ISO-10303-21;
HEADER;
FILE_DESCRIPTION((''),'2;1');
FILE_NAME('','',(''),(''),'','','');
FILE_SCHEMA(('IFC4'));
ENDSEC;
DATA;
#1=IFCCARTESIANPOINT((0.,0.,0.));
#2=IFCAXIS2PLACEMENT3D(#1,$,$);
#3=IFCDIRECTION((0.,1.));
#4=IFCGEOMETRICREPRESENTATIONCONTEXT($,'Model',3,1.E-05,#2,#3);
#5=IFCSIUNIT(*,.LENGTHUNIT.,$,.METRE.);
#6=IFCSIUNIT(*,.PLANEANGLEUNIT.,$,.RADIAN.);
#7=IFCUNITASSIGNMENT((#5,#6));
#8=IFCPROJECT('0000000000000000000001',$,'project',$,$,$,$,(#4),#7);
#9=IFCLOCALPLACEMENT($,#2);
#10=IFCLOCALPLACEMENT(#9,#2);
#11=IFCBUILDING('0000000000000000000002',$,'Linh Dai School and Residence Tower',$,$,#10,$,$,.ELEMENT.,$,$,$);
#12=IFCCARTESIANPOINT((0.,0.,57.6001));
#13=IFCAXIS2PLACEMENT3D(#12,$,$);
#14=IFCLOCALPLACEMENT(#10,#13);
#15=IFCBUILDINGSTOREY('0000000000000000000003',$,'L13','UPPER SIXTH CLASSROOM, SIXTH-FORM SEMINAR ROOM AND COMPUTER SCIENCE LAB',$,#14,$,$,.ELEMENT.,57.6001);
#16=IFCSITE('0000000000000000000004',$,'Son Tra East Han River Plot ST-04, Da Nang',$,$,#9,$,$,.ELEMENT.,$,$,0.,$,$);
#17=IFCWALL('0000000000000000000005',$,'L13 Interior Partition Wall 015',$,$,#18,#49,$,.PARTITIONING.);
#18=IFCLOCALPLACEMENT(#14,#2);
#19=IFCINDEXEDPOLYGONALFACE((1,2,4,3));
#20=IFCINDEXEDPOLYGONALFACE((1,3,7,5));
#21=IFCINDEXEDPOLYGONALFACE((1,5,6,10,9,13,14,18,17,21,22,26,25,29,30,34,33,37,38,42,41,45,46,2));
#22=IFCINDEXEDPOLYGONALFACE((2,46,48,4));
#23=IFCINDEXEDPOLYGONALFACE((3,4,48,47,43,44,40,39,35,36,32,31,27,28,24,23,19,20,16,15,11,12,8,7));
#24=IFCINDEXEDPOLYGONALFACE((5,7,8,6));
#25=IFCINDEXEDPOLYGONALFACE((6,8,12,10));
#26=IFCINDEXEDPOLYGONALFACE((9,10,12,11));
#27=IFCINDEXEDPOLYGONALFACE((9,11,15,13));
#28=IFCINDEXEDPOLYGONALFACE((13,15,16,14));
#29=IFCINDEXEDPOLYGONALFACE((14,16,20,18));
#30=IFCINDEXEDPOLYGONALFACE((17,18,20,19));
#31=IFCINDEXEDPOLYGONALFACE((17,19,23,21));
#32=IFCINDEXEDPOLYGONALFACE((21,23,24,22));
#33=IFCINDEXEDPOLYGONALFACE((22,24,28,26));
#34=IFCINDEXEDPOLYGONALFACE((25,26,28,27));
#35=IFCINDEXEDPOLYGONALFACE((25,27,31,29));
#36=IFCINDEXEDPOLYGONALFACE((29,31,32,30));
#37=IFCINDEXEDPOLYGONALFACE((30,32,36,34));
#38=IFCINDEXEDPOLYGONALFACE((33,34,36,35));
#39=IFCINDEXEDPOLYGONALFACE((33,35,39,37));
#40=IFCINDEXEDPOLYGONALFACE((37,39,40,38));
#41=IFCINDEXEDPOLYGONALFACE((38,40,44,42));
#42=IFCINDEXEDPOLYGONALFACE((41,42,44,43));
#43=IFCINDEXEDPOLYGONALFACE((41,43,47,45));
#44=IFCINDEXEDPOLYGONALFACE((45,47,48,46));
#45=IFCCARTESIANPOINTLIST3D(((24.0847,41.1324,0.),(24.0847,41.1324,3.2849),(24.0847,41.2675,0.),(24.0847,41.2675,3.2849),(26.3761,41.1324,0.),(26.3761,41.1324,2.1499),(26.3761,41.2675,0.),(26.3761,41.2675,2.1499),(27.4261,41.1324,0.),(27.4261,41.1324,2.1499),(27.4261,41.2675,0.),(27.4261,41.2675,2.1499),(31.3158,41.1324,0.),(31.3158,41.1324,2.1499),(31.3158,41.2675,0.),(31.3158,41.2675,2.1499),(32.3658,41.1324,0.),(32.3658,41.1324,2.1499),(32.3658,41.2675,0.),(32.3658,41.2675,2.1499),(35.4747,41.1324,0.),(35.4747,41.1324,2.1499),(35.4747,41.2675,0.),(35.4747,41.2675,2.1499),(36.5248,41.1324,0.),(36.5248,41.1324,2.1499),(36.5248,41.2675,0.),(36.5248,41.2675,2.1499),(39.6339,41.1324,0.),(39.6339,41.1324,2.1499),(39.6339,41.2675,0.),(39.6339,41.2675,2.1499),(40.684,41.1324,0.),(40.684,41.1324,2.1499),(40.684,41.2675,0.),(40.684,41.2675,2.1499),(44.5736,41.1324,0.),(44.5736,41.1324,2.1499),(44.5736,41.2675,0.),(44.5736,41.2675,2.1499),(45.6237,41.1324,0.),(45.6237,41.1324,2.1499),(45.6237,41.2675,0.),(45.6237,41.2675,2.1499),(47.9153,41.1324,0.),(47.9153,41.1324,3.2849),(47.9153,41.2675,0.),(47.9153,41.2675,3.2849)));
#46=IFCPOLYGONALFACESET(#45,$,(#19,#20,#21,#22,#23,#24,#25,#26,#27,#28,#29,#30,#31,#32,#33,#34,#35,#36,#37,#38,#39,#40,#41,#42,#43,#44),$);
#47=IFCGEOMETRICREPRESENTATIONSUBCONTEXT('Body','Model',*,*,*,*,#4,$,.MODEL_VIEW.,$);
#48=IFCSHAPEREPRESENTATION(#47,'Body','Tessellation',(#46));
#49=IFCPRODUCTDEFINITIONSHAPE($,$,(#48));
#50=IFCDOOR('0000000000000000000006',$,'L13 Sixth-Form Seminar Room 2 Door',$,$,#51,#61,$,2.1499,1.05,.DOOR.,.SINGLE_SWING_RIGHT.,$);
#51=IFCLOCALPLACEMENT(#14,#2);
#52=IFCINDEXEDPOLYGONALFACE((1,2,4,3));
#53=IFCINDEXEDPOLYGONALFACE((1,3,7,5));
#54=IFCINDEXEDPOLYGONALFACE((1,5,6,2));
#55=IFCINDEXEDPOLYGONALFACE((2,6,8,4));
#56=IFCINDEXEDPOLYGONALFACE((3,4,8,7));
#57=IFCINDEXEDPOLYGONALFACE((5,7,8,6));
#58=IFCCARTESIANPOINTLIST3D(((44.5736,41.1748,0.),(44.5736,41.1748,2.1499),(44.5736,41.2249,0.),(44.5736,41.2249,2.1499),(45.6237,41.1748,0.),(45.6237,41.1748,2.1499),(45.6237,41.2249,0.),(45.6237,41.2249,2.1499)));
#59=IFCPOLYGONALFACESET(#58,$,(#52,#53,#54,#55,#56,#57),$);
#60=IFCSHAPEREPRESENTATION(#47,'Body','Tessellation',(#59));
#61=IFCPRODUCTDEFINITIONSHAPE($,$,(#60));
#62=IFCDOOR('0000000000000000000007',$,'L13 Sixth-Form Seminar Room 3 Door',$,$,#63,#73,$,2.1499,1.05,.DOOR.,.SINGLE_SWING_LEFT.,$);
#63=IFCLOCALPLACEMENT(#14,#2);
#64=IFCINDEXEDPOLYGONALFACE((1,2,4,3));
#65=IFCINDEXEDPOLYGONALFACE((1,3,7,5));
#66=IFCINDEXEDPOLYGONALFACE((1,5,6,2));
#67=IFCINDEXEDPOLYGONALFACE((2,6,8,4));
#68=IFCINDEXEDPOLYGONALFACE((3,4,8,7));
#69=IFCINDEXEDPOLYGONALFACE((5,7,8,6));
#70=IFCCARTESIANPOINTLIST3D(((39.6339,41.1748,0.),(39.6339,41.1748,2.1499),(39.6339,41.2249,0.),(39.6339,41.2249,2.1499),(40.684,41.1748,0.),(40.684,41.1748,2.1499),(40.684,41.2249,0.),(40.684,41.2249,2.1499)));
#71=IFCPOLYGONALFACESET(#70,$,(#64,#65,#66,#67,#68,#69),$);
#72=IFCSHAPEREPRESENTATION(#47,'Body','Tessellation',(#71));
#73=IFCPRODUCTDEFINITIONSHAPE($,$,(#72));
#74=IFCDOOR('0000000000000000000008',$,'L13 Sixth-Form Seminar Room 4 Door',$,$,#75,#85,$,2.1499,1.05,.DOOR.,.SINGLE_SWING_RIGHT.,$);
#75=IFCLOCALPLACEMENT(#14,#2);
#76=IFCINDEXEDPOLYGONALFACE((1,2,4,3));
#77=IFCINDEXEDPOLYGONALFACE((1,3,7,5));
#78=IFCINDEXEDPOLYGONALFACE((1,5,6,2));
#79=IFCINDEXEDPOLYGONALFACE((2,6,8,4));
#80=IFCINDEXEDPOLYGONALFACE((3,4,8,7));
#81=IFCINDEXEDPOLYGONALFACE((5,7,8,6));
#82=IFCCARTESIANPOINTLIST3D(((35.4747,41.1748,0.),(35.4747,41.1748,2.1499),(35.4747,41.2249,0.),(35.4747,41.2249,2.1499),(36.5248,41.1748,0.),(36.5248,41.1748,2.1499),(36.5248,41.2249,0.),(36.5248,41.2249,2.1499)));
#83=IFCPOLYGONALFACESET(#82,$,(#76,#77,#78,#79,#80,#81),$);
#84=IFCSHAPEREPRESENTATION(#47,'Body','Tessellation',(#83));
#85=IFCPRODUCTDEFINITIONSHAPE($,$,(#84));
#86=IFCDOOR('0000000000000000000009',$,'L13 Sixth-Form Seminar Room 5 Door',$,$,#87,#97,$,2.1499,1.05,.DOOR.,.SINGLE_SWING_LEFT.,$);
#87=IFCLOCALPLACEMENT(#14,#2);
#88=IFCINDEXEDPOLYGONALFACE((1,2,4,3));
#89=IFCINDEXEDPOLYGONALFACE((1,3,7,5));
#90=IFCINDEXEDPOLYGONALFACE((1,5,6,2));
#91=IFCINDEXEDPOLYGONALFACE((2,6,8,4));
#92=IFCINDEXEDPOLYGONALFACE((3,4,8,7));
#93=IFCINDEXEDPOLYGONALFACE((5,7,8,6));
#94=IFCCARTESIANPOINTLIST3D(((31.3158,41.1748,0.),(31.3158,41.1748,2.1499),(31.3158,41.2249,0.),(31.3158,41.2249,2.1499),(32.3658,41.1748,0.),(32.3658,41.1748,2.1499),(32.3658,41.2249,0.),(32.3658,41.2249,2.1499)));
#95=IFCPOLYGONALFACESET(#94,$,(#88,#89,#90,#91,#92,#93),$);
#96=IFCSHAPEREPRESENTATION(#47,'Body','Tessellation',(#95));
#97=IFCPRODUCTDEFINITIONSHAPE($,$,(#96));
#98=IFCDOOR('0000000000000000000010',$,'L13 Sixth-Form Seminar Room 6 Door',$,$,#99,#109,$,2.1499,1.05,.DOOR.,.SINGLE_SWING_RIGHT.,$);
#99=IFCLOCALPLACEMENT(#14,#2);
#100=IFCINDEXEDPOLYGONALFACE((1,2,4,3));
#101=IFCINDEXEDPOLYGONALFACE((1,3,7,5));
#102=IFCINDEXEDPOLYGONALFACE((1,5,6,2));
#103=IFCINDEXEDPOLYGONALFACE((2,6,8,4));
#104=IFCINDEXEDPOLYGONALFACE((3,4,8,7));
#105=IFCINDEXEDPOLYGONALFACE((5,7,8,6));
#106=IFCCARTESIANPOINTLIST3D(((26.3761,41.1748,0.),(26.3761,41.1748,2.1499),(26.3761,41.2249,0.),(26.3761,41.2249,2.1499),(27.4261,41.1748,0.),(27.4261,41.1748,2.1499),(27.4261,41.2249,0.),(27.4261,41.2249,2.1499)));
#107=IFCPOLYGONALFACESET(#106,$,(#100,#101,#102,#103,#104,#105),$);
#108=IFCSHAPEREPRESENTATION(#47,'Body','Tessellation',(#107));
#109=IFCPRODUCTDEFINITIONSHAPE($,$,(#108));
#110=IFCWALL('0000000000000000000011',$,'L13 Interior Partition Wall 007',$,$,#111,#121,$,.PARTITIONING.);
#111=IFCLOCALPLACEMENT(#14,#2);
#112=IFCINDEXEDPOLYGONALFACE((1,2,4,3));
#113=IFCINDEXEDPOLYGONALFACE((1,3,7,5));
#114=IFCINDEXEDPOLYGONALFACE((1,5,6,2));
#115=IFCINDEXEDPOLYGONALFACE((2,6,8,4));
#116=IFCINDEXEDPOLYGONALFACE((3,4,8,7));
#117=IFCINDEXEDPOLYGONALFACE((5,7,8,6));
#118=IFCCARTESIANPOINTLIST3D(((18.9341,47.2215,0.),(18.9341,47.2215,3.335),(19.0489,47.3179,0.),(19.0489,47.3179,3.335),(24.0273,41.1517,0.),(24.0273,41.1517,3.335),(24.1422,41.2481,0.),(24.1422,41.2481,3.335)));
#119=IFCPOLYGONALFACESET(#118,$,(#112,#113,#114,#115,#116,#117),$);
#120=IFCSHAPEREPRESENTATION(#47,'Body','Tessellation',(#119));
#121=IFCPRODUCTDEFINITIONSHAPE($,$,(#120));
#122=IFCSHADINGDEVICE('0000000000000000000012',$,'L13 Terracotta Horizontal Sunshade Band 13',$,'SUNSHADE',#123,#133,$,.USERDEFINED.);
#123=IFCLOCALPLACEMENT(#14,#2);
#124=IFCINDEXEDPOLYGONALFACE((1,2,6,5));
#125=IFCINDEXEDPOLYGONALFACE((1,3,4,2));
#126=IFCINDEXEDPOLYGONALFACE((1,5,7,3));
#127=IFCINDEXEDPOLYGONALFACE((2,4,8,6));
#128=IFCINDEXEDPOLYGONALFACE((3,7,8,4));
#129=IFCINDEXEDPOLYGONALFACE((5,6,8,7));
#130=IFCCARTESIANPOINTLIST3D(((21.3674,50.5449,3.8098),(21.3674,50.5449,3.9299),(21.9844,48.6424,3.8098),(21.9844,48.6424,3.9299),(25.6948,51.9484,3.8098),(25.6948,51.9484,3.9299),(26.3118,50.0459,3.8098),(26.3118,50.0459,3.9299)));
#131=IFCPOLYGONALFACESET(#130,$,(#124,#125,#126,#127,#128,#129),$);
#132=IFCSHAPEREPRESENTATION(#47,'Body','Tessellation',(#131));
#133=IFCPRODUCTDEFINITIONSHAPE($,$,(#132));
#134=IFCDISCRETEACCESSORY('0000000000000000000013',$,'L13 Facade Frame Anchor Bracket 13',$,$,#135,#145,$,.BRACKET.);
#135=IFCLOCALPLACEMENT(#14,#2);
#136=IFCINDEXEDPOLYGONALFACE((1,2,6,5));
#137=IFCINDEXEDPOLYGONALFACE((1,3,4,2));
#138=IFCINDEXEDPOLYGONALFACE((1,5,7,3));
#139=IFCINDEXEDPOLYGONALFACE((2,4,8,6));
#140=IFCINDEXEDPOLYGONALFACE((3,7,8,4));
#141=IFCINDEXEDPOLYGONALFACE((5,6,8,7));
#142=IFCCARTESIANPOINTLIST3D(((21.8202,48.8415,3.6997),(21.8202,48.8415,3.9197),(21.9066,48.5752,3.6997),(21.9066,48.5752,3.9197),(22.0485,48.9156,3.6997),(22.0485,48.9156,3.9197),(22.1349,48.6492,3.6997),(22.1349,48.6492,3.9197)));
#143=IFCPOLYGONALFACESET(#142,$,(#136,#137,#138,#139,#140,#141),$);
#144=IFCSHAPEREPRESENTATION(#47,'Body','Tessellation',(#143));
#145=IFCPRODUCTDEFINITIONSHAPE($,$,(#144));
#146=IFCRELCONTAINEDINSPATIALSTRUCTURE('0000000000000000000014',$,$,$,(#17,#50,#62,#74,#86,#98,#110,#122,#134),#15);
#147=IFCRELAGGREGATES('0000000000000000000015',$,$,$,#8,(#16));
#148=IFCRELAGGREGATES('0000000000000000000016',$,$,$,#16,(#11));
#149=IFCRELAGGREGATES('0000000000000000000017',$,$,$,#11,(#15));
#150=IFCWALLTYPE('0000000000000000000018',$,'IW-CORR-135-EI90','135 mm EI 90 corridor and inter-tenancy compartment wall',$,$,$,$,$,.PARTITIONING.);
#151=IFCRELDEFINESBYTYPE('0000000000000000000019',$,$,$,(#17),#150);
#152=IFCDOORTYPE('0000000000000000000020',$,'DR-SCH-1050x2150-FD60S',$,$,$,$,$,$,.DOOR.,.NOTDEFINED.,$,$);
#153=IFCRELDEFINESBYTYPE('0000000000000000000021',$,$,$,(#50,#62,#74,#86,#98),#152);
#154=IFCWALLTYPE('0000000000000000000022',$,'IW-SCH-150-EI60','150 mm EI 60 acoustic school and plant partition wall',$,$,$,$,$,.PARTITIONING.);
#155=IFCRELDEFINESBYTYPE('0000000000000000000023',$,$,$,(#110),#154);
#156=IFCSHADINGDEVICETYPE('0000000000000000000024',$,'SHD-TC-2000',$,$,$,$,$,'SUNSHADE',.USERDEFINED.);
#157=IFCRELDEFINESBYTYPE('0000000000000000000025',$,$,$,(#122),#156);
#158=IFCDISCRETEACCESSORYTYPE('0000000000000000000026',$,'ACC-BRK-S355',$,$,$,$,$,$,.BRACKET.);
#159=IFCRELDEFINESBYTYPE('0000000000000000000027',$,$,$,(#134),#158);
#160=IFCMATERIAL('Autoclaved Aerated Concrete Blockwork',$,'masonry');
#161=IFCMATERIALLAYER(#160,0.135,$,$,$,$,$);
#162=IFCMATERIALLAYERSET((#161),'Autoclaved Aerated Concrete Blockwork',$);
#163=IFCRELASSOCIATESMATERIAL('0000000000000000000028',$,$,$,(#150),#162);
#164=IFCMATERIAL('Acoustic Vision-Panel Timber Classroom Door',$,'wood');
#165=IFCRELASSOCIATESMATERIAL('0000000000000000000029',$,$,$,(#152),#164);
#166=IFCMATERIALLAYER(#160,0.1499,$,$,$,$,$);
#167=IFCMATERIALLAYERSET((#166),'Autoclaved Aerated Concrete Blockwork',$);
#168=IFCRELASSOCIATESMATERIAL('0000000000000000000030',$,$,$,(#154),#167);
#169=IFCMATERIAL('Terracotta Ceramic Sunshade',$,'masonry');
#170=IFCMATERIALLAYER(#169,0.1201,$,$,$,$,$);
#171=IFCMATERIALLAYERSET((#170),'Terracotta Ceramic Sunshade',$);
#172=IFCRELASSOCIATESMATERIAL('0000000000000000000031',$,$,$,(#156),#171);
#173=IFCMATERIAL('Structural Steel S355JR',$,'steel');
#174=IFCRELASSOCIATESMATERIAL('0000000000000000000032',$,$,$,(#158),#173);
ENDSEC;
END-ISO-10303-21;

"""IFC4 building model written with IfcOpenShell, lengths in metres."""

from ifc_helpers import new_model, si_unit, direction, frame, frame_2d, origin, origin_2d, place, context, subcontext, project, spatial, rectangle, extrude, source, transform, mapped, material, layer, layer_set, type_object, element, fill, save


model = new_model("IFC4")

# Units and contexts
model_context = context("Model", 3, precision=1e-05, world=origin(), true_north=direction((0.0, 1.0)))
body_context = subcontext(model_context, "Body", "Model", "MODEL_VIEW")
ifc_project = project(units=[si_unit("LENGTHUNIT", "METRE"), si_unit("PLANEANGLEUNIT", "RADIAN")], contexts=[model_context])

# Site, building, storey
site_placement = place(None, origin())
site = spatial("IfcSite", under=ifc_project, at=site_placement, Name="Son Tra East Han River Plot ST-04, Da Nang", CompositionType="ELEMENT", RefElevation=0.0)
building_placement = place(site_placement, origin())
building = spatial("IfcBuilding", under=site, at=building_placement, Name="Linh Dai School and Residence Tower", CompositionType="ELEMENT")
storey_placement = place(building_placement, frame((0.0, 0.0, 57.6001)))
storey = spatial("IfcBuildingStorey", under=building, at=storey_placement, Name="L13", Description="UPPER SIXTH CLASSROOM, SIXTH-FORM SEMINAR ROOM AND COMPUTER SCIENCE LAB", CompositionType="ELEMENT", Elevation=57.6001)

# Shared definitions
ifc_material_1 = material(Name="Structural Steel S355JR", Category="steel")

# Wall, openings, doors
ifc_material_2 = material(Name="Autoclaved Aerated Concrete Blockwork", Category="masonry")
ifc_layer_1 = layer(ifc_material_2, 0.135)
ifc_layer_set_1 = layer_set([ifc_layer_1], Name="Autoclaved Aerated Concrete Blockwork")
wall_type_1 = type_object("IfcWallType", Name="IW-CORR-135-EI90", Description="135 mm EI 90 corridor and inter-tenancy compartment wall", PredefinedType="PARTITIONING", material=ifc_layer_set_1)
wall_1_placement = place(storey_placement, frame((24.0847, 41.2, 0.0), z_axis=(0.0, 0.0, 1.0), x_axis=(1.0, 0.0, 0.0)))
wall_1 = element("IfcWall", 1, at=wall_1_placement, inside=storey, type_object=wall_type_1, Name="L13 Interior Partition Wall 015", PredefinedType="PARTITIONING", context=body_context, shape_type="SweptSolid", body=[
    extrude(rectangle(XDim=23.8306, YDim=0.135, at=frame_2d((11.9153, 0.0))), origin(), (0.0, 0.0, 1.0), 3.2849),
])
opening_1_placement = place(wall_1_placement, frame((20.489, 0.0, 0.0)))
opening_1 = element("IfcOpeningElement", 2, at=opening_1_placement, cuts=wall_1, PredefinedType="OPENING", context=body_context, shape_type="SweptSolid", body=[
    extrude(rectangle(XDim=1.05, YDim=2.1499, at=origin_2d()), frame((0.5249, 0.0776, 1.075), z_axis=(0.0, -1.0, 0.0), x_axis=(1.0, 0.0, 0.0)), (0.0, 0.0, 1.0), 0.155),
])
opening_2_placement = place(wall_1_placement, frame((15.5493, 0.0, 0.0)))
opening_2 = element("IfcOpeningElement", 3, at=opening_2_placement, cuts=wall_1, PredefinedType="OPENING", context=body_context, shape_type="SweptSolid", body=[
    extrude(rectangle(XDim=1.05, YDim=2.1499, at=origin_2d()), frame((0.5249, 0.0776, 1.075), z_axis=(0.0, -1.0, 0.0), x_axis=(1.0, 0.0, 0.0)), (0.0, 0.0, 1.0), 0.155),
])
opening_3_placement = place(wall_1_placement, frame((11.3901, 0.0, 0.0)))
opening_3 = element("IfcOpeningElement", 4, at=opening_3_placement, cuts=wall_1, PredefinedType="OPENING", context=body_context, shape_type="SweptSolid", body=[
    extrude(rectangle(XDim=1.05, YDim=2.1499, at=origin_2d()), frame((0.5249, 0.0776, 1.075), z_axis=(0.0, -1.0, 0.0), x_axis=(1.0, 0.0, 0.0)), (0.0, 0.0, 1.0), 0.155),
])
opening_4_placement = place(wall_1_placement, frame((7.2312, 0.0, 0.0)))
opening_4 = element("IfcOpeningElement", 5, at=opening_4_placement, cuts=wall_1, PredefinedType="OPENING", context=body_context, shape_type="SweptSolid", body=[
    extrude(rectangle(XDim=1.05, YDim=2.1499, at=origin_2d()), frame((0.5249, 0.0776, 1.075), z_axis=(0.0, -1.0, 0.0), x_axis=(1.0, 0.0, 0.0)), (0.0, 0.0, 1.0), 0.155),
])
opening_5_placement = place(wall_1_placement, frame((2.2915, 0.0, 0.0)))
opening_5 = element("IfcOpeningElement", 6, at=opening_5_placement, cuts=wall_1, PredefinedType="OPENING", context=body_context, shape_type="SweptSolid", body=[
    extrude(rectangle(XDim=1.05, YDim=2.1499, at=origin_2d()), frame((0.5249, 0.0776, 1.075), z_axis=(0.0, -1.0, 0.0), x_axis=(1.0, 0.0, 0.0)), (0.0, 0.0, 1.0), 0.155),
])
ifc_material_3 = material(Name="Acoustic Vision-Panel Timber Classroom Door", Category="wood")
door_type = type_object("IfcDoorType", Name="DR-SCH-1050x2150-FD60S", OperationType="NOTDEFINED", PredefinedType="DOOR", material=ifc_material_3)
shared_shape_1 = source(origin(), body_context, "Body", "SweptSolid", [
    extrude(rectangle(XDim=1.05, YDim=2.1499, at=origin_2d()), frame((0.5249, 0.0249, 1.075), z_axis=(0.0, -1.0, 0.0), x_axis=(1.0, 0.0, 0.0)), (0.0, 0.0, 1.0), 0.05),
])
door_1_placement = place(opening_1_placement, origin())
door_1 = element("IfcDoor", 7, at=door_1_placement, inside=storey, type_object=door_type, Name="L13 Sixth-Form Seminar Room 2 Door", OperationType="SINGLE_SWING_RIGHT", OverallHeight=2.1499, OverallWidth=1.05, PredefinedType="DOOR", context=body_context, shape_type="MappedRepresentation", body=[
    mapped(shared_shape_1, transform((0.0, 0.0, 0.0), x_axis=(1.0, 0.0, 0.0), y_axis=(0.0, 1.0, 0.0), z_axis=(0.0, 0.0, 1.0), scale=1.0)),
])
fill(opening_1, door_1)
door_2_placement = place(opening_2_placement, origin())
door_2 = element("IfcDoor", 8, at=door_2_placement, inside=storey, type_object=door_type, Name="L13 Sixth-Form Seminar Room 3 Door", OperationType="SINGLE_SWING_LEFT", OverallHeight=2.1499, OverallWidth=1.05, PredefinedType="DOOR", context=body_context, shape_type="MappedRepresentation", body=[
    mapped(shared_shape_1, transform((0.0, 0.0, 0.0), x_axis=(1.0, 0.0, 0.0), y_axis=(0.0, 1.0, 0.0), z_axis=(0.0, 0.0, 1.0), scale=1.0)),
])
fill(opening_2, door_2)
door_3_placement = place(opening_3_placement, origin())
door_3 = element("IfcDoor", 9, at=door_3_placement, inside=storey, type_object=door_type, Name="L13 Sixth-Form Seminar Room 4 Door", OperationType="SINGLE_SWING_RIGHT", OverallHeight=2.1499, OverallWidth=1.05, PredefinedType="DOOR", context=body_context, shape_type="MappedRepresentation", body=[
    mapped(shared_shape_1, transform((0.0, 0.0, 0.0), x_axis=(1.0, 0.0, 0.0), y_axis=(0.0, 1.0, 0.0), z_axis=(0.0, 0.0, 1.0), scale=1.0)),
])
fill(opening_3, door_3)
door_4_placement = place(opening_4_placement, origin())
door_4 = element("IfcDoor", 10, at=door_4_placement, inside=storey, type_object=door_type, Name="L13 Sixth-Form Seminar Room 5 Door", OperationType="SINGLE_SWING_LEFT", OverallHeight=2.1499, OverallWidth=1.05, PredefinedType="DOOR", context=body_context, shape_type="MappedRepresentation", body=[
    mapped(shared_shape_1, transform((0.0, 0.0, 0.0), x_axis=(1.0, 0.0, 0.0), y_axis=(0.0, 1.0, 0.0), z_axis=(0.0, 0.0, 1.0), scale=1.0)),
])
fill(opening_4, door_4)
door_5_placement = place(opening_5_placement, origin())
door_5 = element("IfcDoor", 11, at=door_5_placement, inside=storey, type_object=door_type, Name="L13 Sixth-Form Seminar Room 6 Door", OperationType="SINGLE_SWING_RIGHT", OverallHeight=2.1499, OverallWidth=1.05, PredefinedType="DOOR", context=body_context, shape_type="MappedRepresentation", body=[
    mapped(shared_shape_1, transform((0.0, 0.0, 0.0), x_axis=(1.0, 0.0, 0.0), y_axis=(0.0, 1.0, 0.0), z_axis=(0.0, 0.0, 1.0), scale=1.0)),
])
fill(opening_5, door_5)

# Wall
ifc_layer_2 = layer(ifc_material_2, 0.1499)
ifc_layer_set_2 = layer_set([ifc_layer_2], Name="Autoclaved Aerated Concrete Blockwork")
wall_type_2 = type_object("IfcWallType", Name="IW-SCH-150-EI60", Description="150 mm EI 60 acoustic school and plant partition wall", PredefinedType="PARTITIONING", material=ifc_layer_set_2)
wall_2_placement = place(storey_placement, frame((18.9915, 47.2698, 0.0), z_axis=(0.0, 0.0, 1.0), x_axis=(0.642793, -0.76604, 0.0)))
element("IfcWall", 12, at=wall_2_placement, inside=storey, type_object=wall_type_2, Name="L13 Interior Partition Wall 007", PredefinedType="PARTITIONING", context=body_context, shape_type="SweptSolid", body=[
    extrude(rectangle(XDim=7.9236, YDim=0.1499, at=frame_2d((3.9619, 0.0))), origin(), (0.0, 0.0, 1.0), 3.335),
])

# Shading device
ifc_material_4 = material(Name="Terracotta Ceramic Sunshade", Category="masonry")
ifc_layer_3 = layer(ifc_material_4, 0.1201)
ifc_layer_set_3 = layer_set([ifc_layer_3], Name="Terracotta Ceramic Sunshade")
shading_device_type = type_object("IfcShadingDeviceType", Name="SHD-TC-2000", ElementType="SUNSHADE", PredefinedType="USERDEFINED", material=ifc_layer_set_3)
shared_shape_2 = source(origin(), body_context, "Body", "SweptSolid", [
    extrude(rectangle(XDim=4.5493, YDim=2.0, at=origin_2d()), origin(), (0.0, 0.0, 1.0), 0.1201),
])
shading_device_placement = place(storey_placement, frame((23.8396, 50.2954, 3.8098), z_axis=(0.0, 0.0, 1.0), x_axis=(0.951221, 0.308511, 0.0)))
element("IfcShadingDevice", 13, at=shading_device_placement, inside=storey, type_object=shading_device_type, Name="L13 Terracotta Horizontal Sunshade Band 13", ObjectType="SUNSHADE", PredefinedType="USERDEFINED", context=body_context, shape_type="MappedRepresentation", body=[
    mapped(shared_shape_2, transform((0.0, 0.0, 0.0), x_axis=(1.0, 0.0, 0.0), y_axis=(0.0, 1.0, 0.0), z_axis=(0.0, 0.0, 1.0), scale=1.0)),
])

# Discrete accessory
discrete_accessory_type = type_object("IfcDiscreteAccessoryType", Name="ACC-BRK-S355", PredefinedType="BRACKET", material=ifc_material_1)
shared_shape_3 = source(origin(), body_context, "Body", "SweptSolid", [
    extrude(rectangle(XDim=0.28, YDim=0.24, at=origin_2d()), origin(), (0.0, 0.0, 1.0), 0.22),
])
discrete_accessory_placement = place(storey_placement, frame((21.9775, 48.7454, 3.6997), z_axis=(0.0, 0.0, 1.0), x_axis=(-0.308511, 0.951221, 0.0)))
element("IfcDiscreteAccessory", 14, at=discrete_accessory_placement, inside=storey, type_object=discrete_accessory_type, Name="L13 Facade Frame Anchor Bracket 13", PredefinedType="BRACKET", context=body_context, shape_type="MappedRepresentation", body=[
    mapped(shared_shape_3, transform((0.0, 0.0, 0.0), x_axis=(1.0, 0.0, 0.0), y_axis=(0.0, 1.0, 0.0), z_axis=(0.0, 0.0, 1.0), scale=1.0)),
])

save(model, "model.ifc")
